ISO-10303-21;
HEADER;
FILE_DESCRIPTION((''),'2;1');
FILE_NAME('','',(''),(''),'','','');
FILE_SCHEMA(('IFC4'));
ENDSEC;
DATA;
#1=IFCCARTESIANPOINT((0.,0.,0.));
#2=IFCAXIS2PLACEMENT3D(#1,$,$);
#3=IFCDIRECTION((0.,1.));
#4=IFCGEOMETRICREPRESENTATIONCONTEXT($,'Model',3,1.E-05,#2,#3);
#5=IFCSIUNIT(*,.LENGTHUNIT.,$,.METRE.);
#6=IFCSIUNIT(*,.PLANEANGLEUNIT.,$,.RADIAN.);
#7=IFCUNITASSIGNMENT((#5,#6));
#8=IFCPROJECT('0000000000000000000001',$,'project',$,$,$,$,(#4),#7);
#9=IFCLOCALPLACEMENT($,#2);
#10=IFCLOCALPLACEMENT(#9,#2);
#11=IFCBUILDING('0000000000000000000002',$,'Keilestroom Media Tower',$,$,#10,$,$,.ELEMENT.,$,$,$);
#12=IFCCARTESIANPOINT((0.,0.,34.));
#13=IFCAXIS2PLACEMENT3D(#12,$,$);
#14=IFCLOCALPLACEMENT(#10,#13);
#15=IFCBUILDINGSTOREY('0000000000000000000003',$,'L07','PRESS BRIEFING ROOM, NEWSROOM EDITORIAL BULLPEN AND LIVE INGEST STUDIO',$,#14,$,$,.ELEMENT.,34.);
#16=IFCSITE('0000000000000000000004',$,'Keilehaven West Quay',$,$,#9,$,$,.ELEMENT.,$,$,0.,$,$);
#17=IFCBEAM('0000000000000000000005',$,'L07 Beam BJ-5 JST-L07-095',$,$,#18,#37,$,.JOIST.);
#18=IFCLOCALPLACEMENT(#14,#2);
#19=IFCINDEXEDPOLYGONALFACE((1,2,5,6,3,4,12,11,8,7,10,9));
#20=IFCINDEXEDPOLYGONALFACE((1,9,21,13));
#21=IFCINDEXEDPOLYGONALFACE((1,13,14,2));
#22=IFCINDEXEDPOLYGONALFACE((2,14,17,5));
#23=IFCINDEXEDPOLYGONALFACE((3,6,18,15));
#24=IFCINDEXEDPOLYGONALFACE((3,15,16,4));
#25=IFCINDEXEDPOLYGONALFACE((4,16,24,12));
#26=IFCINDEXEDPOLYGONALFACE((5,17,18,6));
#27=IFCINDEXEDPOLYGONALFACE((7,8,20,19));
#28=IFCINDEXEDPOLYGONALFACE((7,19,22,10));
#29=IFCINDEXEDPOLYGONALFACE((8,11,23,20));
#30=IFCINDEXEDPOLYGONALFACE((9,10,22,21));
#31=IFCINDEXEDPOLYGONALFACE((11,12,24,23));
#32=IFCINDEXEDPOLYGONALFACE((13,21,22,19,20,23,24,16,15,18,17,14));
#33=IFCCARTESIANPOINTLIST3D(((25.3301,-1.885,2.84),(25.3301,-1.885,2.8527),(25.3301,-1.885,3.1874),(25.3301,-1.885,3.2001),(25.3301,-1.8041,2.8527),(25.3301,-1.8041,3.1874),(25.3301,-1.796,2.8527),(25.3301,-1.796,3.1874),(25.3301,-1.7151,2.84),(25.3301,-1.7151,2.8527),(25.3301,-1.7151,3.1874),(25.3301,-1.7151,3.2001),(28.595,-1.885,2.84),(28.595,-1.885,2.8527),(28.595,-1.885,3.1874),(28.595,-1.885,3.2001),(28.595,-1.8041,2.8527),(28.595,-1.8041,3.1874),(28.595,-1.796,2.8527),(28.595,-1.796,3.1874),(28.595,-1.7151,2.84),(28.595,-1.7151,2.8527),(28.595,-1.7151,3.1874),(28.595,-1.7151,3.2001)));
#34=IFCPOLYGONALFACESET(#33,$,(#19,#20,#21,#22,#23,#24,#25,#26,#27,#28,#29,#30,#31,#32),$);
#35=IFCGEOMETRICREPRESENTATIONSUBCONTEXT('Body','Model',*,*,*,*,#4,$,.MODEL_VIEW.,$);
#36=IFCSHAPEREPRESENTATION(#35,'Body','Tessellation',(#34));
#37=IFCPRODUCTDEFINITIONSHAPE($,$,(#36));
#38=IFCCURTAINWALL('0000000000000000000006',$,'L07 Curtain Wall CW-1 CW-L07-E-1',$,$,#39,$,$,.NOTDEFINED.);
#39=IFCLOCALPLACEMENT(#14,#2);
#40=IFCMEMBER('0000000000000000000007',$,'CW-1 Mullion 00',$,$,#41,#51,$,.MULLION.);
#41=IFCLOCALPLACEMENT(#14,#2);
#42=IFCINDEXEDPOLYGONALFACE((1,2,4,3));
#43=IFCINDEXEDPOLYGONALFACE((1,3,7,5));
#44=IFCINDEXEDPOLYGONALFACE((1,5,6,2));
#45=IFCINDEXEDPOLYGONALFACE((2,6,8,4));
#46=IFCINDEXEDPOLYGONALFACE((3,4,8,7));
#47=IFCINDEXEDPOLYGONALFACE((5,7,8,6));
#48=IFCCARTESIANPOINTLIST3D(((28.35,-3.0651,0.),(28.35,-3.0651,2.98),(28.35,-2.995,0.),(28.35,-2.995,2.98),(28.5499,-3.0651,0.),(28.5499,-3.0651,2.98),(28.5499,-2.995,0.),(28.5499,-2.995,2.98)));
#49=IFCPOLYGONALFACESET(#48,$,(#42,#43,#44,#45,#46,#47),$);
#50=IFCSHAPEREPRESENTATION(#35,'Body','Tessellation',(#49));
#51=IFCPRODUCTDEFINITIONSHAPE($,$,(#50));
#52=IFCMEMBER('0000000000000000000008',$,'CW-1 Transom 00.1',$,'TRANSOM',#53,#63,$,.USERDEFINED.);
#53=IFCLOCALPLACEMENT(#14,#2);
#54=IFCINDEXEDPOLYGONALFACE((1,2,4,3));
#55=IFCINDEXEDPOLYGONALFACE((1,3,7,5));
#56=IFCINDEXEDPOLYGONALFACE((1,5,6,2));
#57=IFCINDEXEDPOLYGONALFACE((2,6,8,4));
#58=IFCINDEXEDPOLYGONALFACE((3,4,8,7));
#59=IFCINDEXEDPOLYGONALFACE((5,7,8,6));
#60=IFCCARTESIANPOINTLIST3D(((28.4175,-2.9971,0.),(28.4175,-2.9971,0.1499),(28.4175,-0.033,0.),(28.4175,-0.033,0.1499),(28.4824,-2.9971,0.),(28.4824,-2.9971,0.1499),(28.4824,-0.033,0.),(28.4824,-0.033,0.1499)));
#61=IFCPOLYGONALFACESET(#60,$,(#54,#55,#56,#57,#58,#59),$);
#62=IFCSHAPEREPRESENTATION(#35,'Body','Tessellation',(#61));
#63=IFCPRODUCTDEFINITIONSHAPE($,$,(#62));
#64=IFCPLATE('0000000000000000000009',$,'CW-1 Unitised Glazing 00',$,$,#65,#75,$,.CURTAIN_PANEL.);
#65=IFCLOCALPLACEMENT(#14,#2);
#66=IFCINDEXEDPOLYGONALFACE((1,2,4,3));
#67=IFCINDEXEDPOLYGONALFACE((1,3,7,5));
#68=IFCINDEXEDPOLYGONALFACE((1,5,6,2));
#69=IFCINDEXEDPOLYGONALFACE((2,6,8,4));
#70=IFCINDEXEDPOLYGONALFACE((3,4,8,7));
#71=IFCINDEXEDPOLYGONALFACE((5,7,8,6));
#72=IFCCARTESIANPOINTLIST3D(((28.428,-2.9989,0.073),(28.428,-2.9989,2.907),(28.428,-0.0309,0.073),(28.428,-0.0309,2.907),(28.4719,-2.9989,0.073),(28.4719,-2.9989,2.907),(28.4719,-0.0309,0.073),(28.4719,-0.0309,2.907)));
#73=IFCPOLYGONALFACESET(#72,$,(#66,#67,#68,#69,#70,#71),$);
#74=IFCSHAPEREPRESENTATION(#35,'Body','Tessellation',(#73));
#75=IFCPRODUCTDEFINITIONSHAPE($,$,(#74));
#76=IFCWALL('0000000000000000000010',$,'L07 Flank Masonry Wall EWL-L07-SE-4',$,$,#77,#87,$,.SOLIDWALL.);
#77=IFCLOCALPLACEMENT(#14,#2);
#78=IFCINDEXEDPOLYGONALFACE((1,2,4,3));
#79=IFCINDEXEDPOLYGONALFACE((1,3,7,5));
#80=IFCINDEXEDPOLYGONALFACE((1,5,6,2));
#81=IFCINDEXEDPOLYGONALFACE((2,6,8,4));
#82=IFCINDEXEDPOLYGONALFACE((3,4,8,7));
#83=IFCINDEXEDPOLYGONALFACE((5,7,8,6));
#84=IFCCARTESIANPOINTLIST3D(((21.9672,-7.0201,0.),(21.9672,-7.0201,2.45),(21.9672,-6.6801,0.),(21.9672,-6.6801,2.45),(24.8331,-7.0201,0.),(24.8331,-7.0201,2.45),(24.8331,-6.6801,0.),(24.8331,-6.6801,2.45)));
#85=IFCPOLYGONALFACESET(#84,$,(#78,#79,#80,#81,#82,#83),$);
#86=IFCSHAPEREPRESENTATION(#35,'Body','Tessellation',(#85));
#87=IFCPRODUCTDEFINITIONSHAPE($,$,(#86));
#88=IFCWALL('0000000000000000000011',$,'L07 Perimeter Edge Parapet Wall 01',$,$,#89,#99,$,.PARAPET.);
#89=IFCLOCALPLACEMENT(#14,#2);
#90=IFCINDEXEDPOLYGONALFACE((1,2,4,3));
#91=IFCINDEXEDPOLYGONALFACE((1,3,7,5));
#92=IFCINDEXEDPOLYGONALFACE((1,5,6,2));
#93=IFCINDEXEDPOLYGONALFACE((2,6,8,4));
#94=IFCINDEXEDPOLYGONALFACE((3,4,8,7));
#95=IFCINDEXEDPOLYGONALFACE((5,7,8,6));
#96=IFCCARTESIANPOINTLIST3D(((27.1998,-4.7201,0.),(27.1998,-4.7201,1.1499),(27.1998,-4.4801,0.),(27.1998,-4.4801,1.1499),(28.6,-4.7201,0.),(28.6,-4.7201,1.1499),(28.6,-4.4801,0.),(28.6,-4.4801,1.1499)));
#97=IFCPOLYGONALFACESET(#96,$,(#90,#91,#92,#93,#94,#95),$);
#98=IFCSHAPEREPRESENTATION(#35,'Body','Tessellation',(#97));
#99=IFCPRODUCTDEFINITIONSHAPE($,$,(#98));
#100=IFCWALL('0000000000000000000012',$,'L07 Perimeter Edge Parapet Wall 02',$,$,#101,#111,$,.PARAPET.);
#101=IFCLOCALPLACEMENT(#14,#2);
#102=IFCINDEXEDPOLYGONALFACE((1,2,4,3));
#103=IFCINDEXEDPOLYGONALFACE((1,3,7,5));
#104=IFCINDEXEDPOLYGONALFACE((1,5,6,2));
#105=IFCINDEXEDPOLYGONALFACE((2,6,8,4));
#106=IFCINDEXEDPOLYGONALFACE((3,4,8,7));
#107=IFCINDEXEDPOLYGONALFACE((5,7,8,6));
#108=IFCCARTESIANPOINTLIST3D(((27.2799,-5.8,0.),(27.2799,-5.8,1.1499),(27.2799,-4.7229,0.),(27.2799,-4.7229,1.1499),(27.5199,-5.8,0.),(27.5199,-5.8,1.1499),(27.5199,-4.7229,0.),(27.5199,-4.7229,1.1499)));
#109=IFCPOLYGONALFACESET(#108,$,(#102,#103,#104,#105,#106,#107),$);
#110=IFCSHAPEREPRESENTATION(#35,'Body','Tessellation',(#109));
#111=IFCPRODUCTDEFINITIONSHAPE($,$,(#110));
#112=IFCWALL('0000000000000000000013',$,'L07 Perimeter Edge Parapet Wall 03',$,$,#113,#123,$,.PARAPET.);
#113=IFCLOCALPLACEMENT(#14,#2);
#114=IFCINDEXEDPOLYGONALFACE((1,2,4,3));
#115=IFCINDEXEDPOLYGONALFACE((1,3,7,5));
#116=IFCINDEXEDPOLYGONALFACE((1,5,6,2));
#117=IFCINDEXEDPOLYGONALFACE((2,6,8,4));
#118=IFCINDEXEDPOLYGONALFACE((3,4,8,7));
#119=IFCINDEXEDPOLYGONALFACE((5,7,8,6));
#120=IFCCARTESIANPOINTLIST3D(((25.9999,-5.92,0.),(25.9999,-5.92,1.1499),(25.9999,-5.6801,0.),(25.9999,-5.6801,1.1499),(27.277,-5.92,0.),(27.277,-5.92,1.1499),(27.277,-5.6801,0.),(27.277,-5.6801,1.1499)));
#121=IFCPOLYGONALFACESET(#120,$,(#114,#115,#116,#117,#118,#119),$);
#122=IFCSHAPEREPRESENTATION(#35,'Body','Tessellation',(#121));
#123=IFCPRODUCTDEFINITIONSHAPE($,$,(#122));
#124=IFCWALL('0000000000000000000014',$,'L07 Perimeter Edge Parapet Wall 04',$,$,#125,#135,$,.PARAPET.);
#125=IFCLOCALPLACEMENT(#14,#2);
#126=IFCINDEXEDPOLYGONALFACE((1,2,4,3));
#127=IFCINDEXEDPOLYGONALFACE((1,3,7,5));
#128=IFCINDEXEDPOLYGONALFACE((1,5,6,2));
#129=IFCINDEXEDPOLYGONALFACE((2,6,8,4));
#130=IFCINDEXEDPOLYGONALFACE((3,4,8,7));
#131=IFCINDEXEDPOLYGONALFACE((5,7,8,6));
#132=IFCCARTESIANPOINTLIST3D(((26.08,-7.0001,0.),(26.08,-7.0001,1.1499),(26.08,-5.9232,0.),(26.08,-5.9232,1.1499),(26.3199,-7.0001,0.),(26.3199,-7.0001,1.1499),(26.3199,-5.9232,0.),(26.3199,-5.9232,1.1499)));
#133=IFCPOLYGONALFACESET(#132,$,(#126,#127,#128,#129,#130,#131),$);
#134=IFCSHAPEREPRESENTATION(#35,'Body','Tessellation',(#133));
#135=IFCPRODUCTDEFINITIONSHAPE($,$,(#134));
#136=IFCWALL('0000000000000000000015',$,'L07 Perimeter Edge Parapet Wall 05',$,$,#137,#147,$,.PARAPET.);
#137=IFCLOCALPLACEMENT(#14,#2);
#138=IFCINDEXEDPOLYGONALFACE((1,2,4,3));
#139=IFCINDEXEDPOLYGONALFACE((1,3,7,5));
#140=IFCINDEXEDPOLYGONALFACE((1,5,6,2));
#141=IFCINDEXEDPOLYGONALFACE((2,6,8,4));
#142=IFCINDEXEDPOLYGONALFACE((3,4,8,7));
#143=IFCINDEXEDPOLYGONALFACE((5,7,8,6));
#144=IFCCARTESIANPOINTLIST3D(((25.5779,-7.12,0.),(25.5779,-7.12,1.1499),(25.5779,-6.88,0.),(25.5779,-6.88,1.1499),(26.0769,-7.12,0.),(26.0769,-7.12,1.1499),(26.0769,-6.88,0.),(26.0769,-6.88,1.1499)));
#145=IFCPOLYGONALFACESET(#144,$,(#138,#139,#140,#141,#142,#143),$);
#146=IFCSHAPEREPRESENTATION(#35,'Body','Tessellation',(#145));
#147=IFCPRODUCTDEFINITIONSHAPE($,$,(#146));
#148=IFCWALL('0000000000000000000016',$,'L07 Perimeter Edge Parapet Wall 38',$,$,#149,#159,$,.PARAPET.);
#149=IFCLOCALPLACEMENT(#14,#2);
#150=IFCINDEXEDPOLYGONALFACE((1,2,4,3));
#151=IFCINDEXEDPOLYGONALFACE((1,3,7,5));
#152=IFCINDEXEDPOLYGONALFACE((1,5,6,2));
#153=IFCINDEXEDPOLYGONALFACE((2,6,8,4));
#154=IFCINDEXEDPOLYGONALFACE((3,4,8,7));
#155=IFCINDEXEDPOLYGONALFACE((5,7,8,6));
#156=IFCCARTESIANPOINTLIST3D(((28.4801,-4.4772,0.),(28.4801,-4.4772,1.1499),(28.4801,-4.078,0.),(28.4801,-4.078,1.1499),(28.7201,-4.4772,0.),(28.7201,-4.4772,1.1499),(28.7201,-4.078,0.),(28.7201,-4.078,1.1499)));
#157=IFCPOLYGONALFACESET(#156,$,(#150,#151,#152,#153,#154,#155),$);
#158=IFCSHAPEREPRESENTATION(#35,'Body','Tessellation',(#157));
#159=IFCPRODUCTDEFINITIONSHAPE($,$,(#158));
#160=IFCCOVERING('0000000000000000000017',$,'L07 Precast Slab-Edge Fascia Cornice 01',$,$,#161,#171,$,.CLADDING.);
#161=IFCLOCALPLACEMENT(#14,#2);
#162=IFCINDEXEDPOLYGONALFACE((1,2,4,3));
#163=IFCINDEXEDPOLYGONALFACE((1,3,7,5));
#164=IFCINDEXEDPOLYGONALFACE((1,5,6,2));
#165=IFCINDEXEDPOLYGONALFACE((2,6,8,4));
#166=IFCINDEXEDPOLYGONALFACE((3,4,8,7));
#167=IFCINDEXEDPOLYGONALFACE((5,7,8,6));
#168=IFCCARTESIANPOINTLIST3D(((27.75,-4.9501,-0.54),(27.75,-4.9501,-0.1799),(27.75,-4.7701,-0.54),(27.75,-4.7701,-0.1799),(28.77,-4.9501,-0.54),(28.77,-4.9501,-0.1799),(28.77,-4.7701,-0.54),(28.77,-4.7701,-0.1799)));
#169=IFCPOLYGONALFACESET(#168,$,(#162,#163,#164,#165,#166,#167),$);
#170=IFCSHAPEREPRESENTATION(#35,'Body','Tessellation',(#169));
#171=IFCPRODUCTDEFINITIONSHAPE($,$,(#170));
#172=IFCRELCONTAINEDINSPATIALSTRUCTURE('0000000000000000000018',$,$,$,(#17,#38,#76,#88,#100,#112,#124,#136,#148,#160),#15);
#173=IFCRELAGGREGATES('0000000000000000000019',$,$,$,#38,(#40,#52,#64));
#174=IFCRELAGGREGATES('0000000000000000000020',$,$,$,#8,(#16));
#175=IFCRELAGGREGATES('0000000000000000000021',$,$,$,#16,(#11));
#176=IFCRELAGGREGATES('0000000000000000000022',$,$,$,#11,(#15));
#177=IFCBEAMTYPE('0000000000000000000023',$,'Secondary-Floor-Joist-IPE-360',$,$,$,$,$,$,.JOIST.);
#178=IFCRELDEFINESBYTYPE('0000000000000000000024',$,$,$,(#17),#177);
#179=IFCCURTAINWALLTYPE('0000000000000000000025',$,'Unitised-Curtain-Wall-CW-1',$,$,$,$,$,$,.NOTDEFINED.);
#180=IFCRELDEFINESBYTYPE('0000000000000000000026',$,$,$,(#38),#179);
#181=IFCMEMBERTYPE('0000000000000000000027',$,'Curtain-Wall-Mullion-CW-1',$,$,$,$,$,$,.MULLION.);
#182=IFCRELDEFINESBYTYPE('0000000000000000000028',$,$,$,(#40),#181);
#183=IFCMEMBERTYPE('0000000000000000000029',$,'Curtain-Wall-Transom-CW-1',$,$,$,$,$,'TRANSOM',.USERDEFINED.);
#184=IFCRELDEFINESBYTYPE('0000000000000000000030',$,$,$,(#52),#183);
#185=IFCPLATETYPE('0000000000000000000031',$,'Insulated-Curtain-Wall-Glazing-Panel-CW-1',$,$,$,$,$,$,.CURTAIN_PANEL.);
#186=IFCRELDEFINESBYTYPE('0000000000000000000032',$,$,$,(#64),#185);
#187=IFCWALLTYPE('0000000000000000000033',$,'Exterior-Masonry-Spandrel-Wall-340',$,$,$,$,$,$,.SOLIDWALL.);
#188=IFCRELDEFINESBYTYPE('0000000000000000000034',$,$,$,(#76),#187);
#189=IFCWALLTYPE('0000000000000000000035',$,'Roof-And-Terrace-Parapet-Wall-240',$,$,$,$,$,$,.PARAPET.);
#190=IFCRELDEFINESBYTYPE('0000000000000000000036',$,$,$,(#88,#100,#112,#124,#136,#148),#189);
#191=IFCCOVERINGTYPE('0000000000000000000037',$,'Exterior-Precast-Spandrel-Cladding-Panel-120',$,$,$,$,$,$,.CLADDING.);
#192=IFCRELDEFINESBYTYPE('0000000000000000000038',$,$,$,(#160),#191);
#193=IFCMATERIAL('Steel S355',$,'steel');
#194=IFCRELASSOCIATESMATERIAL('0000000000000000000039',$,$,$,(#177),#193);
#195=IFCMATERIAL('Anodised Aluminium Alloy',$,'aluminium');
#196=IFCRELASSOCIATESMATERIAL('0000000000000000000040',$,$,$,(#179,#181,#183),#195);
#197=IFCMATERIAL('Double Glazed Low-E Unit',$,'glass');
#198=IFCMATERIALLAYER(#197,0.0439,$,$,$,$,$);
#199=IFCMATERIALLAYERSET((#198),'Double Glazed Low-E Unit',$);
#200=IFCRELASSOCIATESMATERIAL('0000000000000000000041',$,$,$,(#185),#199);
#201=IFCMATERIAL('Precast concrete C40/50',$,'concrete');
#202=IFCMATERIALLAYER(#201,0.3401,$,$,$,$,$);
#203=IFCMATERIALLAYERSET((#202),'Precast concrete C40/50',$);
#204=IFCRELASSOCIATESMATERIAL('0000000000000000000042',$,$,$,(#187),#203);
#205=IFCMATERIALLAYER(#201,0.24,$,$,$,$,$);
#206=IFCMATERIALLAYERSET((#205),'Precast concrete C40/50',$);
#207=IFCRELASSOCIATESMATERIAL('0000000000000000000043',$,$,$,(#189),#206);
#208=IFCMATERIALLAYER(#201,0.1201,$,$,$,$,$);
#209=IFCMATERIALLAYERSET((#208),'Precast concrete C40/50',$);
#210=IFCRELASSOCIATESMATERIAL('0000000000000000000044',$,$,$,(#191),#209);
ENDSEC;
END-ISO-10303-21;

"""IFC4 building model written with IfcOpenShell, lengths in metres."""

from ifc_helpers import new_model, si_unit, direction, frame, frame_2d, origin, origin_2d, place, context, subcontext, project, spatial, rectangle, i_section, extrude, source, transform, mapped, material, layer, layer_set, material_profile, profile_set, type_object, element, aggregate, save


model = new_model("IFC4")

# Units and contexts
model_context = context("Model", 3, precision=1e-05, world=origin(), true_north=direction((0.0, 1.0)))
body_context = subcontext(model_context, "Body", "Model", "MODEL_VIEW")
ifc_project = project(units=[si_unit("LENGTHUNIT", "METRE"), si_unit("PLANEANGLEUNIT", "RADIAN")], contexts=[model_context])

# Site, building, storey
site_placement = place(None, origin())
site = spatial("IfcSite", under=ifc_project, at=site_placement, Name="Keilehaven West Quay", CompositionType="ELEMENT", RefElevation=0.0)
building_placement = place(site_placement, origin())
building = spatial("IfcBuilding", under=site, at=building_placement, Name="Keilestroom Media Tower", CompositionType="ELEMENT")
storey_placement = place(building_placement, frame((0.0, 0.0, 34.0)))
storey = spatial("IfcBuildingStorey", under=building, at=storey_placement, Name="L07", Description="PRESS BRIEFING ROOM, NEWSROOM EDITORIAL BULLPEN AND LIVE INGEST STUDIO", CompositionType="ELEMENT", Elevation=34.0)

# Shared definitions
ifc_material_1 = material(Name="Precast concrete C40/50", Category="concrete")

# Beam
ifc_material_2 = material(Name="Steel S355", Category="steel")
ifc_material_profile_1 = material_profile(ifc_material_2, i_section(OverallWidth=0.1699, OverallDepth=0.3601, WebThickness=0.0081, FlangeThickness=0.0127, at=origin_2d()), Name="IPE 360")
ifc_profile_set_1 = profile_set([ifc_material_profile_1], Name="Steel S355")
beam_type_1 = type_object("IfcBeamType", Name="Secondary-Floor-Joist-IPE-360", PredefinedType="JOIST", material=ifc_profile_set_1)
shared_shape_1 = source(origin(), body_context, "Body", "SweptSolid", [
    extrude(i_section(OverallWidth=0.1699, OverallDepth=0.3601, WebThickness=0.0081, FlangeThickness=0.0127, at=origin_2d()), origin(), (0.0, 0.0, 1.0), 3.2649),
])
beam_1_placement = place(storey_placement, frame((25.3301, -1.8, 3.02), z_axis=(1.0, 0.0, 0.0), x_axis=(0.0, 1.0, 0.0)))
element("IfcBeam", 1, at=beam_1_placement, inside=storey, type_object=beam_type_1, Name="L07 Beam BJ-5 JST-L07-095", PredefinedType="JOIST", context=body_context, shape_type="MappedRepresentation", body=[
    mapped(shared_shape_1, transform((0.0, 0.0, 0.0), x_axis=(1.0, 0.0, 0.0), y_axis=(0.0, 1.0, 0.0), z_axis=(0.0, 0.0, 1.0), scale=1.0)),
])

# Curtain wall, members, plate
ifc_material_3 = material(Name="Anodised Aluminium Alloy", Category="aluminium")
curtain_wall_type = type_object("IfcCurtainWallType", Name="Unitised-Curtain-Wall-CW-1", PredefinedType="NOTDEFINED", material=ifc_material_3)
curtain_wall_placement = place(storey_placement, origin())
curtain_wall = element("IfcCurtainWall", 2, at=curtain_wall_placement, inside=storey, type_object=curtain_wall_type, Name="L07 Curtain Wall CW-1 CW-L07-E-1", PredefinedType="NOTDEFINED")
ifc_material_profile_2 = material_profile(ifc_material_3, rectangle(XDim=0.0701, YDim=0.2, at=origin_2d()), Name="ALU MULLION 70x200")
ifc_profile_set_2 = profile_set([ifc_material_profile_2], Name="Anodised Aluminium Alloy")
member_type_1 = type_object("IfcMemberType", Name="Curtain-Wall-Mullion-CW-1", PredefinedType="MULLION", material=ifc_profile_set_2)
shared_shape_2 = source(origin(), body_context, "Body", "SweptSolid", [
    extrude(rectangle(XDim=0.0701, YDim=0.2, at=origin_2d()), origin(), (0.0, 0.0, 1.0), 2.98),
])
member_1_placement = place(storey_placement, frame((28.45, -3.03, 0.0), z_axis=(0.0, 0.0, 1.0), x_axis=(0.0, 1.0, 0.0)))
member_1 = element("IfcMember", 3, at=member_1_placement, type_object=member_type_1, Name="CW-1 Mullion 00", PredefinedType="MULLION", context=body_context, shape_type="MappedRepresentation", body=[
    mapped(shared_shape_2, transform((0.0, 0.0, 0.0), x_axis=(1.0, 0.0, 0.0), y_axis=(0.0, 1.0, 0.0), z_axis=(0.0, 0.0, 1.0), scale=1.0)),
])
ifc_material_profile_3 = material_profile(ifc_material_3, rectangle(XDim=0.0649, YDim=0.1499, at=origin_2d()), Name="ALU TRANSOM 65x150")
ifc_profile_set_3 = profile_set([ifc_material_profile_3], Name="Anodised Aluminium Alloy")
member_type_2 = type_object("IfcMemberType", Name="Curtain-Wall-Transom-CW-1", ElementType="TRANSOM", PredefinedType="USERDEFINED", material=ifc_profile_set_3)
shared_shape_3 = source(origin(), body_context, "Body", "SweptSolid", [
    extrude(rectangle(XDim=0.0649, YDim=0.1499, at=origin_2d()), origin(), (0.0, 0.0, 1.0), 2.9641),
])
member_2_placement = place(storey_placement, frame((28.45, -2.9971, 0.075), z_axis=(0.0, 1.0, 0.0), x_axis=(-1.0, 0.0, 0.0)))
member_2 = element("IfcMember", 4, at=member_2_placement, type_object=member_type_2, Name="CW-1 Transom 00.1", ObjectType="TRANSOM", PredefinedType="USERDEFINED", context=body_context, shape_type="MappedRepresentation", body=[
    mapped(shared_shape_3, transform((0.0, 0.0, 0.0), x_axis=(1.0, 0.0, 0.0), y_axis=(0.0, 1.0, 0.0), z_axis=(0.0, 0.0, 1.0), scale=1.0)),
])
ifc_material_4 = material(Name="Double Glazed Low-E Unit", Category="glass")
ifc_layer_1 = layer(ifc_material_4, 0.0439)
ifc_layer_set_1 = layer_set([ifc_layer_1], Name="Double Glazed Low-E Unit")
plate_type = type_object("IfcPlateType", Name="Insulated-Curtain-Wall-Glazing-Panel-CW-1", PredefinedType="CURTAIN_PANEL", material=ifc_layer_set_1)
shared_shape_4 = source(origin(), body_context, "Body", "SweptSolid", [
    extrude(rectangle(XDim=2.968, YDim=0.0439, at=origin_2d()), origin(), (0.0, 0.0, 1.0), 2.834),
])
plate_placement = place(storey_placement, frame((28.45, -1.5149, 0.073), z_axis=(0.0, 0.0, 1.0), x_axis=(0.0, 1.0, 0.0)))
plate = element("IfcPlate", 5, at=plate_placement, type_object=plate_type, Name="CW-1 Unitised Glazing 00", PredefinedType="CURTAIN_PANEL", context=body_context, shape_type="MappedRepresentation", body=[
    mapped(shared_shape_4, transform((0.0, 0.0, 0.0), x_axis=(1.0, 0.0, 0.0), y_axis=(0.0, 1.0, 0.0), z_axis=(0.0, 0.0, 1.0), scale=1.0)),
])
aggregate(curtain_wall, [member_1, member_2, plate])

# Walls
ifc_layer_2 = layer(ifc_material_1, 0.3401)
ifc_layer_set_2 = layer_set([ifc_layer_2], Name="Precast concrete C40/50")
wall_type_1 = type_object("IfcWallType", Name="Exterior-Masonry-Spandrel-Wall-340", PredefinedType="SOLIDWALL", material=ifc_layer_set_2)
wall_1_placement = place(storey_placement, frame((21.967, -6.8501, 0.0), z_axis=(0.0, 0.0, 1.0), x_axis=(1.0, 0.0, 0.0)))
element("IfcWall", 6, at=wall_1_placement, inside=storey, type_object=wall_type_1, Name="L07 Flank Masonry Wall EWL-L07-SE-4", PredefinedType="SOLIDWALL", context=body_context, shape_type="SweptSolid", body=[
    extrude(rectangle(XDim=2.866, YDim=0.3401, at=frame_2d((1.4331, 0.0))), origin(), (0.0, 0.0, 1.0), 2.45),
])
ifc_layer_3 = layer(ifc_material_1, 0.24)
ifc_layer_set_3 = layer_set([ifc_layer_3], Name="Precast concrete C40/50")
wall_type_2 = type_object("IfcWallType", Name="Roof-And-Terrace-Parapet-Wall-240", PredefinedType="PARAPET", material=ifc_layer_set_3)
wall_2_placement = place(storey_placement, frame((28.6001, -4.6001, 0.0), z_axis=(0.0, 0.0, 1.0), x_axis=(-1.0, 0.0, 0.0)))
element("IfcWall", 7, at=wall_2_placement, inside=storey, type_object=wall_type_2, Name="L07 Perimeter Edge Parapet Wall 01", PredefinedType="PARAPET", context=body_context, shape_type="SweptSolid", body=[
    extrude(rectangle(XDim=1.4001, YDim=0.24, at=frame_2d((0.7002, 0.0))), origin(), (0.0, 0.0, 1.0), 1.1499),
])
wall_3_placement = place(storey_placement, frame((27.3999, -4.7229, 0.0), z_axis=(0.0, 0.0, 1.0), x_axis=(0.0, -1.0, 0.0)))
element("IfcWall", 8, at=wall_3_placement, inside=storey, type_object=wall_type_2, Name="L07 Perimeter Edge Parapet Wall 02", PredefinedType="PARAPET", context=body_context, shape_type="SweptSolid", body=[
    extrude(rectangle(XDim=1.0771, YDim=0.24, at=frame_2d((0.5386, 0.0))), origin(), (0.0, 0.0, 1.0), 1.1499),
])
wall_4_placement = place(storey_placement, frame((27.2771, -5.8, 0.0), z_axis=(0.0, 0.0, 1.0), x_axis=(-1.0, 0.0, 0.0)))
element("IfcWall", 9, at=wall_4_placement, inside=storey, type_object=wall_type_2, Name="L07 Perimeter Edge Parapet Wall 03", PredefinedType="PARAPET", context=body_context, shape_type="SweptSolid", body=[
    extrude(rectangle(XDim=1.2771, YDim=0.24, at=frame_2d((0.6387, 0.0))), origin(), (0.0, 0.0, 1.0), 1.1499),
])
wall_5_placement = place(storey_placement, frame((26.2, -5.9231, 0.0), z_axis=(0.0, 0.0, 1.0), x_axis=(0.0, -1.0, 0.0)))
element("IfcWall", 10, at=wall_5_placement, inside=storey, type_object=wall_type_2, Name="L07 Perimeter Edge Parapet Wall 04", PredefinedType="PARAPET", context=body_context, shape_type="SweptSolid", body=[
    extrude(rectangle(XDim=1.0769, YDim=0.24, at=frame_2d((0.5386, 0.0))), origin(), (0.0, 0.0, 1.0), 1.1499),
])
wall_6_placement = place(storey_placement, frame((26.0769, -7.0, 0.0), z_axis=(0.0, 0.0, 1.0), x_axis=(-1.0, 0.0, 0.0)))
element("IfcWall", 11, at=wall_6_placement, inside=storey, type_object=wall_type_2, Name="L07 Perimeter Edge Parapet Wall 05", PredefinedType="PARAPET", context=body_context, shape_type="SweptSolid", body=[
    extrude(rectangle(XDim=0.499, YDim=0.24, at=frame_2d((0.2495, 0.0))), origin(), (0.0, 0.0, 1.0), 1.1499),
])
wall_7_placement = place(storey_placement, frame((28.6001, -4.0779, 0.0), z_axis=(0.0, 0.0, 1.0), x_axis=(0.0, -1.0, 0.0)))
element("IfcWall", 12, at=wall_7_placement, inside=storey, type_object=wall_type_2, Name="L07 Perimeter Edge Parapet Wall 38", PredefinedType="PARAPET", context=body_context, shape_type="SweptSolid", body=[
    extrude(rectangle(XDim=0.3992, YDim=0.24, at=frame_2d((0.1997, 0.0))), origin(), (0.0, 0.0, 1.0), 1.1499),
])

# Covering
ifc_layer_4 = layer(ifc_material_1, 0.1201)
ifc_layer_set_4 = layer_set([ifc_layer_4], Name="Precast concrete C40/50")
covering_type = type_object("IfcCoveringType", Name="Exterior-Precast-Spandrel-Cladding-Panel-120", PredefinedType="CLADDING", material=ifc_layer_set_4)
shared_shape_5 = source(origin(), body_context, "Body", "SweptSolid", [
    extrude(rectangle(XDim=1.02, YDim=0.1799, at=origin_2d()), origin(), (0.0, 0.0, 1.0), 0.3601),
])
for number, where, z_axis, x_axis, name in (
    (13, (28.26, -4.8601, -0.54), (0.0, 0.0, 1.0), (-1.0, 0.0, 0.0), "L07 Precast Slab-Edge Fascia Cornice 01"),
):
    element("IfcCovering", number, at=place(storey_placement, frame(where, z_axis=z_axis, x_axis=x_axis)), inside=storey, type_object=covering_type, Name=name, PredefinedType="CLADDING", context=body_context, shape_type="MappedRepresentation", body=[
        mapped(shared_shape_5, transform((0.0, 0.0, 0.0), x_axis=(1.0, 0.0, 0.0), y_axis=(0.0, 1.0, 0.0), z_axis=(0.0, 0.0, 1.0), scale=1.0)),
    ])

save(model, "model.ifc")
